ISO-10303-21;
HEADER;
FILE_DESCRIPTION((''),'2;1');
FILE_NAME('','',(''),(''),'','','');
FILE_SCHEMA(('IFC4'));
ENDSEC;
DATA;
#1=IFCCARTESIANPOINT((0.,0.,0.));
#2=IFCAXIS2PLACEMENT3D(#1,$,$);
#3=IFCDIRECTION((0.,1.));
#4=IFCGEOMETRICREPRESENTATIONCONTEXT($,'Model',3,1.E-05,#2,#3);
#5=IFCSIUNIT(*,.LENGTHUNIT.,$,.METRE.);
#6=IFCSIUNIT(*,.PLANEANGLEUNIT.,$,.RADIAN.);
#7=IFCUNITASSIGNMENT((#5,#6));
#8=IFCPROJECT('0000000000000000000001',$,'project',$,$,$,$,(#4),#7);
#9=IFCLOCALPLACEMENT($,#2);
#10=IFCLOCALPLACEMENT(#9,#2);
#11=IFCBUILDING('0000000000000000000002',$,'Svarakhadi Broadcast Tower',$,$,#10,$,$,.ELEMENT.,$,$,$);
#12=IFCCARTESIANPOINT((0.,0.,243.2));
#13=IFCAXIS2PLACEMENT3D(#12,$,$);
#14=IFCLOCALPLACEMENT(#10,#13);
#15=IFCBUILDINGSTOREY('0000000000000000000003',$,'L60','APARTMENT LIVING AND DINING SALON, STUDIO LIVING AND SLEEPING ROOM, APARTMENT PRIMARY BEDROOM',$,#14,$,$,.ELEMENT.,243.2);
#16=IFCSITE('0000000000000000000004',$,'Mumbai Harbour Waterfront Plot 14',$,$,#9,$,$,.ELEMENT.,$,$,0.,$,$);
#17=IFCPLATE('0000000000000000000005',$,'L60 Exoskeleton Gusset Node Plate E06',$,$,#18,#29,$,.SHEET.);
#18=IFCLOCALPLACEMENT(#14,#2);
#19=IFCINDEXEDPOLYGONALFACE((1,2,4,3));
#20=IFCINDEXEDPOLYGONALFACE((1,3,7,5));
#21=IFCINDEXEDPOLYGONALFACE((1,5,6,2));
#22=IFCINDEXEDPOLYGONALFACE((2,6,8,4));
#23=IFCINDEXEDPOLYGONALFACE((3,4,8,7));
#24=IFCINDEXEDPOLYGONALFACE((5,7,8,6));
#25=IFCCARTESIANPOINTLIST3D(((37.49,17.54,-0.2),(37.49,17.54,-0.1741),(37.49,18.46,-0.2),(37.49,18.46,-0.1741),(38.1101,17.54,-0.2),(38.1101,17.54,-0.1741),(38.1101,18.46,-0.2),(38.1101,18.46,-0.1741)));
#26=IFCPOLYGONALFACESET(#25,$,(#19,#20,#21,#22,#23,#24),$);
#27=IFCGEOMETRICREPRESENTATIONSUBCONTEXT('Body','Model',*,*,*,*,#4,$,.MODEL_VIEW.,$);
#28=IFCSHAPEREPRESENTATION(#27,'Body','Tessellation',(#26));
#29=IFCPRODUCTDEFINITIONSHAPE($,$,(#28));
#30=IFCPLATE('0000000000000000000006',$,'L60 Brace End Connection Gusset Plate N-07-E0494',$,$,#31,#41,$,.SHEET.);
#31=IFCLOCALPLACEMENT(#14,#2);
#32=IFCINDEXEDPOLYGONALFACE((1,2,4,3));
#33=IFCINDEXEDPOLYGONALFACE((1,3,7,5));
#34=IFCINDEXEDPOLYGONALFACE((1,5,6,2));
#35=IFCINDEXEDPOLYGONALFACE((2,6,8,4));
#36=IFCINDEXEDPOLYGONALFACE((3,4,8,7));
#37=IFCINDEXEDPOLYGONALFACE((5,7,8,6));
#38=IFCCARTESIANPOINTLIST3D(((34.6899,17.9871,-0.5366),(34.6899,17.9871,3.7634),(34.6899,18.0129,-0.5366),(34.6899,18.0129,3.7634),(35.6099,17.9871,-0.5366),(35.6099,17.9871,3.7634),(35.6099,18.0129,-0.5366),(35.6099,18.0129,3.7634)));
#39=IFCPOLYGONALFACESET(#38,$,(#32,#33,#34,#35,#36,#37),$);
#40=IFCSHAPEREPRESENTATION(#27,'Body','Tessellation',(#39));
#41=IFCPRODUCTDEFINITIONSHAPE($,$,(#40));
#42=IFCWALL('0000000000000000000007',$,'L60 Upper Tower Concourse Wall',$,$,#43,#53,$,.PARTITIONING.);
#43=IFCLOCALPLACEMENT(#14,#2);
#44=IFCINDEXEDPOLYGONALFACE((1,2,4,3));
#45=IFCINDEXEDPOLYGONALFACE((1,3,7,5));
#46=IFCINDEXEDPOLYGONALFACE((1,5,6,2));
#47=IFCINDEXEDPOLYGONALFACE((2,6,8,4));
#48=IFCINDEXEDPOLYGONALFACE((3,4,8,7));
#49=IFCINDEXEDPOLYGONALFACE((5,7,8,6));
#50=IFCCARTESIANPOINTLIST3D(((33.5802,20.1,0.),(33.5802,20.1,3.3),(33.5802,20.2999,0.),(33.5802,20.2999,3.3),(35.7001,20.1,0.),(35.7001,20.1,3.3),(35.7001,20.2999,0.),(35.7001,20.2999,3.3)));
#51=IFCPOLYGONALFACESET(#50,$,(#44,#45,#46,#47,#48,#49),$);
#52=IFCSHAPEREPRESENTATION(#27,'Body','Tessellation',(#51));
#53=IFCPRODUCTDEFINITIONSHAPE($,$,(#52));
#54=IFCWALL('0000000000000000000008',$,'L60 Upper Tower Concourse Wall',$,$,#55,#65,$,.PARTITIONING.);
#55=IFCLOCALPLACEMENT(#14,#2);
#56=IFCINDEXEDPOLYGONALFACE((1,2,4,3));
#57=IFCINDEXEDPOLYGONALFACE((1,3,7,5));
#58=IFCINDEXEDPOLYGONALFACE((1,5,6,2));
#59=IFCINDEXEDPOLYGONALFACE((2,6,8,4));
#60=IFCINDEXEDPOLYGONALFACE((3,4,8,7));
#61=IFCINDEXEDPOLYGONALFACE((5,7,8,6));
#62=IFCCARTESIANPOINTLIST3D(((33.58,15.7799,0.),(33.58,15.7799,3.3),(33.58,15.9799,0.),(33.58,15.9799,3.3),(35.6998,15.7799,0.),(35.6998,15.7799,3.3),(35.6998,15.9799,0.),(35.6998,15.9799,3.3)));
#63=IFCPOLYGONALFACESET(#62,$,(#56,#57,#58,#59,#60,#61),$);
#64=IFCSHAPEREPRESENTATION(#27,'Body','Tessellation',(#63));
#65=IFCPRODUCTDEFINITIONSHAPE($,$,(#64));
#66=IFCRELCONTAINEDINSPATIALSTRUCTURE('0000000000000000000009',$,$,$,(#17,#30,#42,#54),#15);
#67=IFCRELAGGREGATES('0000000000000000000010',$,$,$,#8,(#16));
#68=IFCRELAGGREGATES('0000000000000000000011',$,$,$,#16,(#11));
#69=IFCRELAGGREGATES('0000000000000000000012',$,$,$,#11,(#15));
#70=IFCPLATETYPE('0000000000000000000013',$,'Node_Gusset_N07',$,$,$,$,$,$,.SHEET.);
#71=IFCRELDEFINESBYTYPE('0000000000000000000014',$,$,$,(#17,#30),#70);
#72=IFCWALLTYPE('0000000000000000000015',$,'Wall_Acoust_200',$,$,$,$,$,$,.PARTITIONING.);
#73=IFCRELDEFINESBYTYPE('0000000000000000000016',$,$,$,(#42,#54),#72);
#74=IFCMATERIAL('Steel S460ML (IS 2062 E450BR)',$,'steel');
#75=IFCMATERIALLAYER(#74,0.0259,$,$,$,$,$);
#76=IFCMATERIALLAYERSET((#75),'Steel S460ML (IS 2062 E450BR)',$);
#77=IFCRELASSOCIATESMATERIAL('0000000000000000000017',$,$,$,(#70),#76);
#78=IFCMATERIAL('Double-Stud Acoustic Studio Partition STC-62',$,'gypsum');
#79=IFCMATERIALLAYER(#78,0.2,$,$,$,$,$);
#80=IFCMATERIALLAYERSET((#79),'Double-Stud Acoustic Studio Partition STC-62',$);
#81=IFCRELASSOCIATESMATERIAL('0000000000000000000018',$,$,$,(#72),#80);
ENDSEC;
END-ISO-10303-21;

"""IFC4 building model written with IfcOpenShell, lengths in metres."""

from ifc_helpers import new_model, si_unit, direction, frame, frame_2d, origin, origin_2d, place, context, subcontext, project, spatial, rectangle, extrude, material, layer, layer_set, type_object, element, save


model = new_model("IFC4")

# Units and contexts
model_context = context("Model", 3, precision=1e-05, world=origin(), true_north=direction((0.0, 1.0)))
body_context = subcontext(model_context, "Body", "Model", "MODEL_VIEW")
ifc_project = project(units=[si_unit("LENGTHUNIT", "METRE"), si_unit("PLANEANGLEUNIT", "RADIAN")], contexts=[model_context])

# Site, building, storey
site_placement = place(None, origin())
site = spatial("IfcSite", under=ifc_project, at=site_placement, Name="Mumbai Harbour Waterfront Plot 14", CompositionType="ELEMENT", RefElevation=0.0)
building_placement = place(site_placement, origin())
building = spatial("IfcBuilding", under=site, at=building_placement, Name="Svarakhadi Broadcast Tower", CompositionType="ELEMENT")
storey_placement = place(building_placement, frame((0.0, 0.0, 243.2)))
storey = spatial("IfcBuildingStorey", under=building, at=storey_placement, Name="L60", Description="APARTMENT LIVING AND DINING SALON, STUDIO LIVING AND SLEEPING ROOM, APARTMENT PRIMARY BEDROOM", CompositionType="ELEMENT", Elevation=243.2)

# Shared definitions
ifc_material_1 = material(Name="Steel S460ML (IS 2062 E450BR)", Category="steel")

# Plates
ifc_layer_1 = layer(ifc_material_1, 0.0259)
ifc_layer_set_1 = layer_set([ifc_layer_1], Name="Steel S460ML (IS 2062 E450BR)")
plate_type_1 = type_object("IfcPlateType", Name="Node_Gusset_N07", PredefinedType="SHEET", material=ifc_layer_set_1)
plate_1_placement = place(storey_placement, frame((37.8, 18.0, -0.2), z_axis=(0.0, 0.0, 1.0), x_axis=(0.0, 1.0, 0.0)))
element("IfcPlate", 1, at=plate_1_placement, inside=storey, type_object=plate_type_1, Name="L60 Exoskeleton Gusset Node Plate E06", PredefinedType="SHEET", context=body_context, shape_type="SweptSolid", body=[
    extrude(rectangle(XDim=0.9199, YDim=0.6201, at=origin_2d()), origin(), (0.0, 0.0, 1.0), 0.0259),
])
plate_2_placement = place(storey_placement, frame((35.1499, 18.0, -0.5366), z_axis=(0.0, 0.0, 1.0), x_axis=(1.0, 0.0, 0.0)))
element("IfcPlate", 2, at=plate_2_placement, inside=storey, type_object=plate_type_1, Name="L60 Brace End Connection Gusset Plate N-07-E0494", PredefinedType="SHEET", context=body_context, shape_type="SweptSolid", body=[
    extrude(rectangle(XDim=0.9199, YDim=0.0259, at=origin_2d()), origin(), (0.0, 0.0, 1.0), 4.3),
])

# Walls
ifc_material_2 = material(Name="Double-Stud Acoustic Studio Partition STC-62", Category="gypsum")
ifc_layer_2 = layer(ifc_material_2, 0.2)
ifc_layer_set_2 = layer_set([ifc_layer_2], Name="Double-Stud Acoustic Studio Partition STC-62")
wall_type = type_object("IfcWallType", Name="Wall_Acoust_200", PredefinedType="PARTITIONING", material=ifc_layer_set_2)
for number, where, z_axis, x_axis, name in (
    (3, (33.5801, 20.2, 0.0), (0.0, 0.0, 1.0), (1.0, 0.0, 0.0), "L60 Upper Tower Concourse Wall"),
    (4, (35.7, 15.8799, 0.0), (0.0, 0.0, 1.0), (-1.0, 0.0, 0.0), "L60 Upper Tower Concourse Wall"),
):
    element("IfcWall", number, at=place(storey_placement, frame(where, z_axis=z_axis, x_axis=x_axis)), inside=storey, type_object=wall_type, Name=name, PredefinedType="PARTITIONING", context=body_context, shape_type="SweptSolid", body=[
        extrude(rectangle(XDim=2.1199, YDim=0.2, at=frame_2d((1.0601, 0.0))), origin(), (0.0, 0.0, 1.0), 3.3),
    ])

save(model, "model.ifc")
